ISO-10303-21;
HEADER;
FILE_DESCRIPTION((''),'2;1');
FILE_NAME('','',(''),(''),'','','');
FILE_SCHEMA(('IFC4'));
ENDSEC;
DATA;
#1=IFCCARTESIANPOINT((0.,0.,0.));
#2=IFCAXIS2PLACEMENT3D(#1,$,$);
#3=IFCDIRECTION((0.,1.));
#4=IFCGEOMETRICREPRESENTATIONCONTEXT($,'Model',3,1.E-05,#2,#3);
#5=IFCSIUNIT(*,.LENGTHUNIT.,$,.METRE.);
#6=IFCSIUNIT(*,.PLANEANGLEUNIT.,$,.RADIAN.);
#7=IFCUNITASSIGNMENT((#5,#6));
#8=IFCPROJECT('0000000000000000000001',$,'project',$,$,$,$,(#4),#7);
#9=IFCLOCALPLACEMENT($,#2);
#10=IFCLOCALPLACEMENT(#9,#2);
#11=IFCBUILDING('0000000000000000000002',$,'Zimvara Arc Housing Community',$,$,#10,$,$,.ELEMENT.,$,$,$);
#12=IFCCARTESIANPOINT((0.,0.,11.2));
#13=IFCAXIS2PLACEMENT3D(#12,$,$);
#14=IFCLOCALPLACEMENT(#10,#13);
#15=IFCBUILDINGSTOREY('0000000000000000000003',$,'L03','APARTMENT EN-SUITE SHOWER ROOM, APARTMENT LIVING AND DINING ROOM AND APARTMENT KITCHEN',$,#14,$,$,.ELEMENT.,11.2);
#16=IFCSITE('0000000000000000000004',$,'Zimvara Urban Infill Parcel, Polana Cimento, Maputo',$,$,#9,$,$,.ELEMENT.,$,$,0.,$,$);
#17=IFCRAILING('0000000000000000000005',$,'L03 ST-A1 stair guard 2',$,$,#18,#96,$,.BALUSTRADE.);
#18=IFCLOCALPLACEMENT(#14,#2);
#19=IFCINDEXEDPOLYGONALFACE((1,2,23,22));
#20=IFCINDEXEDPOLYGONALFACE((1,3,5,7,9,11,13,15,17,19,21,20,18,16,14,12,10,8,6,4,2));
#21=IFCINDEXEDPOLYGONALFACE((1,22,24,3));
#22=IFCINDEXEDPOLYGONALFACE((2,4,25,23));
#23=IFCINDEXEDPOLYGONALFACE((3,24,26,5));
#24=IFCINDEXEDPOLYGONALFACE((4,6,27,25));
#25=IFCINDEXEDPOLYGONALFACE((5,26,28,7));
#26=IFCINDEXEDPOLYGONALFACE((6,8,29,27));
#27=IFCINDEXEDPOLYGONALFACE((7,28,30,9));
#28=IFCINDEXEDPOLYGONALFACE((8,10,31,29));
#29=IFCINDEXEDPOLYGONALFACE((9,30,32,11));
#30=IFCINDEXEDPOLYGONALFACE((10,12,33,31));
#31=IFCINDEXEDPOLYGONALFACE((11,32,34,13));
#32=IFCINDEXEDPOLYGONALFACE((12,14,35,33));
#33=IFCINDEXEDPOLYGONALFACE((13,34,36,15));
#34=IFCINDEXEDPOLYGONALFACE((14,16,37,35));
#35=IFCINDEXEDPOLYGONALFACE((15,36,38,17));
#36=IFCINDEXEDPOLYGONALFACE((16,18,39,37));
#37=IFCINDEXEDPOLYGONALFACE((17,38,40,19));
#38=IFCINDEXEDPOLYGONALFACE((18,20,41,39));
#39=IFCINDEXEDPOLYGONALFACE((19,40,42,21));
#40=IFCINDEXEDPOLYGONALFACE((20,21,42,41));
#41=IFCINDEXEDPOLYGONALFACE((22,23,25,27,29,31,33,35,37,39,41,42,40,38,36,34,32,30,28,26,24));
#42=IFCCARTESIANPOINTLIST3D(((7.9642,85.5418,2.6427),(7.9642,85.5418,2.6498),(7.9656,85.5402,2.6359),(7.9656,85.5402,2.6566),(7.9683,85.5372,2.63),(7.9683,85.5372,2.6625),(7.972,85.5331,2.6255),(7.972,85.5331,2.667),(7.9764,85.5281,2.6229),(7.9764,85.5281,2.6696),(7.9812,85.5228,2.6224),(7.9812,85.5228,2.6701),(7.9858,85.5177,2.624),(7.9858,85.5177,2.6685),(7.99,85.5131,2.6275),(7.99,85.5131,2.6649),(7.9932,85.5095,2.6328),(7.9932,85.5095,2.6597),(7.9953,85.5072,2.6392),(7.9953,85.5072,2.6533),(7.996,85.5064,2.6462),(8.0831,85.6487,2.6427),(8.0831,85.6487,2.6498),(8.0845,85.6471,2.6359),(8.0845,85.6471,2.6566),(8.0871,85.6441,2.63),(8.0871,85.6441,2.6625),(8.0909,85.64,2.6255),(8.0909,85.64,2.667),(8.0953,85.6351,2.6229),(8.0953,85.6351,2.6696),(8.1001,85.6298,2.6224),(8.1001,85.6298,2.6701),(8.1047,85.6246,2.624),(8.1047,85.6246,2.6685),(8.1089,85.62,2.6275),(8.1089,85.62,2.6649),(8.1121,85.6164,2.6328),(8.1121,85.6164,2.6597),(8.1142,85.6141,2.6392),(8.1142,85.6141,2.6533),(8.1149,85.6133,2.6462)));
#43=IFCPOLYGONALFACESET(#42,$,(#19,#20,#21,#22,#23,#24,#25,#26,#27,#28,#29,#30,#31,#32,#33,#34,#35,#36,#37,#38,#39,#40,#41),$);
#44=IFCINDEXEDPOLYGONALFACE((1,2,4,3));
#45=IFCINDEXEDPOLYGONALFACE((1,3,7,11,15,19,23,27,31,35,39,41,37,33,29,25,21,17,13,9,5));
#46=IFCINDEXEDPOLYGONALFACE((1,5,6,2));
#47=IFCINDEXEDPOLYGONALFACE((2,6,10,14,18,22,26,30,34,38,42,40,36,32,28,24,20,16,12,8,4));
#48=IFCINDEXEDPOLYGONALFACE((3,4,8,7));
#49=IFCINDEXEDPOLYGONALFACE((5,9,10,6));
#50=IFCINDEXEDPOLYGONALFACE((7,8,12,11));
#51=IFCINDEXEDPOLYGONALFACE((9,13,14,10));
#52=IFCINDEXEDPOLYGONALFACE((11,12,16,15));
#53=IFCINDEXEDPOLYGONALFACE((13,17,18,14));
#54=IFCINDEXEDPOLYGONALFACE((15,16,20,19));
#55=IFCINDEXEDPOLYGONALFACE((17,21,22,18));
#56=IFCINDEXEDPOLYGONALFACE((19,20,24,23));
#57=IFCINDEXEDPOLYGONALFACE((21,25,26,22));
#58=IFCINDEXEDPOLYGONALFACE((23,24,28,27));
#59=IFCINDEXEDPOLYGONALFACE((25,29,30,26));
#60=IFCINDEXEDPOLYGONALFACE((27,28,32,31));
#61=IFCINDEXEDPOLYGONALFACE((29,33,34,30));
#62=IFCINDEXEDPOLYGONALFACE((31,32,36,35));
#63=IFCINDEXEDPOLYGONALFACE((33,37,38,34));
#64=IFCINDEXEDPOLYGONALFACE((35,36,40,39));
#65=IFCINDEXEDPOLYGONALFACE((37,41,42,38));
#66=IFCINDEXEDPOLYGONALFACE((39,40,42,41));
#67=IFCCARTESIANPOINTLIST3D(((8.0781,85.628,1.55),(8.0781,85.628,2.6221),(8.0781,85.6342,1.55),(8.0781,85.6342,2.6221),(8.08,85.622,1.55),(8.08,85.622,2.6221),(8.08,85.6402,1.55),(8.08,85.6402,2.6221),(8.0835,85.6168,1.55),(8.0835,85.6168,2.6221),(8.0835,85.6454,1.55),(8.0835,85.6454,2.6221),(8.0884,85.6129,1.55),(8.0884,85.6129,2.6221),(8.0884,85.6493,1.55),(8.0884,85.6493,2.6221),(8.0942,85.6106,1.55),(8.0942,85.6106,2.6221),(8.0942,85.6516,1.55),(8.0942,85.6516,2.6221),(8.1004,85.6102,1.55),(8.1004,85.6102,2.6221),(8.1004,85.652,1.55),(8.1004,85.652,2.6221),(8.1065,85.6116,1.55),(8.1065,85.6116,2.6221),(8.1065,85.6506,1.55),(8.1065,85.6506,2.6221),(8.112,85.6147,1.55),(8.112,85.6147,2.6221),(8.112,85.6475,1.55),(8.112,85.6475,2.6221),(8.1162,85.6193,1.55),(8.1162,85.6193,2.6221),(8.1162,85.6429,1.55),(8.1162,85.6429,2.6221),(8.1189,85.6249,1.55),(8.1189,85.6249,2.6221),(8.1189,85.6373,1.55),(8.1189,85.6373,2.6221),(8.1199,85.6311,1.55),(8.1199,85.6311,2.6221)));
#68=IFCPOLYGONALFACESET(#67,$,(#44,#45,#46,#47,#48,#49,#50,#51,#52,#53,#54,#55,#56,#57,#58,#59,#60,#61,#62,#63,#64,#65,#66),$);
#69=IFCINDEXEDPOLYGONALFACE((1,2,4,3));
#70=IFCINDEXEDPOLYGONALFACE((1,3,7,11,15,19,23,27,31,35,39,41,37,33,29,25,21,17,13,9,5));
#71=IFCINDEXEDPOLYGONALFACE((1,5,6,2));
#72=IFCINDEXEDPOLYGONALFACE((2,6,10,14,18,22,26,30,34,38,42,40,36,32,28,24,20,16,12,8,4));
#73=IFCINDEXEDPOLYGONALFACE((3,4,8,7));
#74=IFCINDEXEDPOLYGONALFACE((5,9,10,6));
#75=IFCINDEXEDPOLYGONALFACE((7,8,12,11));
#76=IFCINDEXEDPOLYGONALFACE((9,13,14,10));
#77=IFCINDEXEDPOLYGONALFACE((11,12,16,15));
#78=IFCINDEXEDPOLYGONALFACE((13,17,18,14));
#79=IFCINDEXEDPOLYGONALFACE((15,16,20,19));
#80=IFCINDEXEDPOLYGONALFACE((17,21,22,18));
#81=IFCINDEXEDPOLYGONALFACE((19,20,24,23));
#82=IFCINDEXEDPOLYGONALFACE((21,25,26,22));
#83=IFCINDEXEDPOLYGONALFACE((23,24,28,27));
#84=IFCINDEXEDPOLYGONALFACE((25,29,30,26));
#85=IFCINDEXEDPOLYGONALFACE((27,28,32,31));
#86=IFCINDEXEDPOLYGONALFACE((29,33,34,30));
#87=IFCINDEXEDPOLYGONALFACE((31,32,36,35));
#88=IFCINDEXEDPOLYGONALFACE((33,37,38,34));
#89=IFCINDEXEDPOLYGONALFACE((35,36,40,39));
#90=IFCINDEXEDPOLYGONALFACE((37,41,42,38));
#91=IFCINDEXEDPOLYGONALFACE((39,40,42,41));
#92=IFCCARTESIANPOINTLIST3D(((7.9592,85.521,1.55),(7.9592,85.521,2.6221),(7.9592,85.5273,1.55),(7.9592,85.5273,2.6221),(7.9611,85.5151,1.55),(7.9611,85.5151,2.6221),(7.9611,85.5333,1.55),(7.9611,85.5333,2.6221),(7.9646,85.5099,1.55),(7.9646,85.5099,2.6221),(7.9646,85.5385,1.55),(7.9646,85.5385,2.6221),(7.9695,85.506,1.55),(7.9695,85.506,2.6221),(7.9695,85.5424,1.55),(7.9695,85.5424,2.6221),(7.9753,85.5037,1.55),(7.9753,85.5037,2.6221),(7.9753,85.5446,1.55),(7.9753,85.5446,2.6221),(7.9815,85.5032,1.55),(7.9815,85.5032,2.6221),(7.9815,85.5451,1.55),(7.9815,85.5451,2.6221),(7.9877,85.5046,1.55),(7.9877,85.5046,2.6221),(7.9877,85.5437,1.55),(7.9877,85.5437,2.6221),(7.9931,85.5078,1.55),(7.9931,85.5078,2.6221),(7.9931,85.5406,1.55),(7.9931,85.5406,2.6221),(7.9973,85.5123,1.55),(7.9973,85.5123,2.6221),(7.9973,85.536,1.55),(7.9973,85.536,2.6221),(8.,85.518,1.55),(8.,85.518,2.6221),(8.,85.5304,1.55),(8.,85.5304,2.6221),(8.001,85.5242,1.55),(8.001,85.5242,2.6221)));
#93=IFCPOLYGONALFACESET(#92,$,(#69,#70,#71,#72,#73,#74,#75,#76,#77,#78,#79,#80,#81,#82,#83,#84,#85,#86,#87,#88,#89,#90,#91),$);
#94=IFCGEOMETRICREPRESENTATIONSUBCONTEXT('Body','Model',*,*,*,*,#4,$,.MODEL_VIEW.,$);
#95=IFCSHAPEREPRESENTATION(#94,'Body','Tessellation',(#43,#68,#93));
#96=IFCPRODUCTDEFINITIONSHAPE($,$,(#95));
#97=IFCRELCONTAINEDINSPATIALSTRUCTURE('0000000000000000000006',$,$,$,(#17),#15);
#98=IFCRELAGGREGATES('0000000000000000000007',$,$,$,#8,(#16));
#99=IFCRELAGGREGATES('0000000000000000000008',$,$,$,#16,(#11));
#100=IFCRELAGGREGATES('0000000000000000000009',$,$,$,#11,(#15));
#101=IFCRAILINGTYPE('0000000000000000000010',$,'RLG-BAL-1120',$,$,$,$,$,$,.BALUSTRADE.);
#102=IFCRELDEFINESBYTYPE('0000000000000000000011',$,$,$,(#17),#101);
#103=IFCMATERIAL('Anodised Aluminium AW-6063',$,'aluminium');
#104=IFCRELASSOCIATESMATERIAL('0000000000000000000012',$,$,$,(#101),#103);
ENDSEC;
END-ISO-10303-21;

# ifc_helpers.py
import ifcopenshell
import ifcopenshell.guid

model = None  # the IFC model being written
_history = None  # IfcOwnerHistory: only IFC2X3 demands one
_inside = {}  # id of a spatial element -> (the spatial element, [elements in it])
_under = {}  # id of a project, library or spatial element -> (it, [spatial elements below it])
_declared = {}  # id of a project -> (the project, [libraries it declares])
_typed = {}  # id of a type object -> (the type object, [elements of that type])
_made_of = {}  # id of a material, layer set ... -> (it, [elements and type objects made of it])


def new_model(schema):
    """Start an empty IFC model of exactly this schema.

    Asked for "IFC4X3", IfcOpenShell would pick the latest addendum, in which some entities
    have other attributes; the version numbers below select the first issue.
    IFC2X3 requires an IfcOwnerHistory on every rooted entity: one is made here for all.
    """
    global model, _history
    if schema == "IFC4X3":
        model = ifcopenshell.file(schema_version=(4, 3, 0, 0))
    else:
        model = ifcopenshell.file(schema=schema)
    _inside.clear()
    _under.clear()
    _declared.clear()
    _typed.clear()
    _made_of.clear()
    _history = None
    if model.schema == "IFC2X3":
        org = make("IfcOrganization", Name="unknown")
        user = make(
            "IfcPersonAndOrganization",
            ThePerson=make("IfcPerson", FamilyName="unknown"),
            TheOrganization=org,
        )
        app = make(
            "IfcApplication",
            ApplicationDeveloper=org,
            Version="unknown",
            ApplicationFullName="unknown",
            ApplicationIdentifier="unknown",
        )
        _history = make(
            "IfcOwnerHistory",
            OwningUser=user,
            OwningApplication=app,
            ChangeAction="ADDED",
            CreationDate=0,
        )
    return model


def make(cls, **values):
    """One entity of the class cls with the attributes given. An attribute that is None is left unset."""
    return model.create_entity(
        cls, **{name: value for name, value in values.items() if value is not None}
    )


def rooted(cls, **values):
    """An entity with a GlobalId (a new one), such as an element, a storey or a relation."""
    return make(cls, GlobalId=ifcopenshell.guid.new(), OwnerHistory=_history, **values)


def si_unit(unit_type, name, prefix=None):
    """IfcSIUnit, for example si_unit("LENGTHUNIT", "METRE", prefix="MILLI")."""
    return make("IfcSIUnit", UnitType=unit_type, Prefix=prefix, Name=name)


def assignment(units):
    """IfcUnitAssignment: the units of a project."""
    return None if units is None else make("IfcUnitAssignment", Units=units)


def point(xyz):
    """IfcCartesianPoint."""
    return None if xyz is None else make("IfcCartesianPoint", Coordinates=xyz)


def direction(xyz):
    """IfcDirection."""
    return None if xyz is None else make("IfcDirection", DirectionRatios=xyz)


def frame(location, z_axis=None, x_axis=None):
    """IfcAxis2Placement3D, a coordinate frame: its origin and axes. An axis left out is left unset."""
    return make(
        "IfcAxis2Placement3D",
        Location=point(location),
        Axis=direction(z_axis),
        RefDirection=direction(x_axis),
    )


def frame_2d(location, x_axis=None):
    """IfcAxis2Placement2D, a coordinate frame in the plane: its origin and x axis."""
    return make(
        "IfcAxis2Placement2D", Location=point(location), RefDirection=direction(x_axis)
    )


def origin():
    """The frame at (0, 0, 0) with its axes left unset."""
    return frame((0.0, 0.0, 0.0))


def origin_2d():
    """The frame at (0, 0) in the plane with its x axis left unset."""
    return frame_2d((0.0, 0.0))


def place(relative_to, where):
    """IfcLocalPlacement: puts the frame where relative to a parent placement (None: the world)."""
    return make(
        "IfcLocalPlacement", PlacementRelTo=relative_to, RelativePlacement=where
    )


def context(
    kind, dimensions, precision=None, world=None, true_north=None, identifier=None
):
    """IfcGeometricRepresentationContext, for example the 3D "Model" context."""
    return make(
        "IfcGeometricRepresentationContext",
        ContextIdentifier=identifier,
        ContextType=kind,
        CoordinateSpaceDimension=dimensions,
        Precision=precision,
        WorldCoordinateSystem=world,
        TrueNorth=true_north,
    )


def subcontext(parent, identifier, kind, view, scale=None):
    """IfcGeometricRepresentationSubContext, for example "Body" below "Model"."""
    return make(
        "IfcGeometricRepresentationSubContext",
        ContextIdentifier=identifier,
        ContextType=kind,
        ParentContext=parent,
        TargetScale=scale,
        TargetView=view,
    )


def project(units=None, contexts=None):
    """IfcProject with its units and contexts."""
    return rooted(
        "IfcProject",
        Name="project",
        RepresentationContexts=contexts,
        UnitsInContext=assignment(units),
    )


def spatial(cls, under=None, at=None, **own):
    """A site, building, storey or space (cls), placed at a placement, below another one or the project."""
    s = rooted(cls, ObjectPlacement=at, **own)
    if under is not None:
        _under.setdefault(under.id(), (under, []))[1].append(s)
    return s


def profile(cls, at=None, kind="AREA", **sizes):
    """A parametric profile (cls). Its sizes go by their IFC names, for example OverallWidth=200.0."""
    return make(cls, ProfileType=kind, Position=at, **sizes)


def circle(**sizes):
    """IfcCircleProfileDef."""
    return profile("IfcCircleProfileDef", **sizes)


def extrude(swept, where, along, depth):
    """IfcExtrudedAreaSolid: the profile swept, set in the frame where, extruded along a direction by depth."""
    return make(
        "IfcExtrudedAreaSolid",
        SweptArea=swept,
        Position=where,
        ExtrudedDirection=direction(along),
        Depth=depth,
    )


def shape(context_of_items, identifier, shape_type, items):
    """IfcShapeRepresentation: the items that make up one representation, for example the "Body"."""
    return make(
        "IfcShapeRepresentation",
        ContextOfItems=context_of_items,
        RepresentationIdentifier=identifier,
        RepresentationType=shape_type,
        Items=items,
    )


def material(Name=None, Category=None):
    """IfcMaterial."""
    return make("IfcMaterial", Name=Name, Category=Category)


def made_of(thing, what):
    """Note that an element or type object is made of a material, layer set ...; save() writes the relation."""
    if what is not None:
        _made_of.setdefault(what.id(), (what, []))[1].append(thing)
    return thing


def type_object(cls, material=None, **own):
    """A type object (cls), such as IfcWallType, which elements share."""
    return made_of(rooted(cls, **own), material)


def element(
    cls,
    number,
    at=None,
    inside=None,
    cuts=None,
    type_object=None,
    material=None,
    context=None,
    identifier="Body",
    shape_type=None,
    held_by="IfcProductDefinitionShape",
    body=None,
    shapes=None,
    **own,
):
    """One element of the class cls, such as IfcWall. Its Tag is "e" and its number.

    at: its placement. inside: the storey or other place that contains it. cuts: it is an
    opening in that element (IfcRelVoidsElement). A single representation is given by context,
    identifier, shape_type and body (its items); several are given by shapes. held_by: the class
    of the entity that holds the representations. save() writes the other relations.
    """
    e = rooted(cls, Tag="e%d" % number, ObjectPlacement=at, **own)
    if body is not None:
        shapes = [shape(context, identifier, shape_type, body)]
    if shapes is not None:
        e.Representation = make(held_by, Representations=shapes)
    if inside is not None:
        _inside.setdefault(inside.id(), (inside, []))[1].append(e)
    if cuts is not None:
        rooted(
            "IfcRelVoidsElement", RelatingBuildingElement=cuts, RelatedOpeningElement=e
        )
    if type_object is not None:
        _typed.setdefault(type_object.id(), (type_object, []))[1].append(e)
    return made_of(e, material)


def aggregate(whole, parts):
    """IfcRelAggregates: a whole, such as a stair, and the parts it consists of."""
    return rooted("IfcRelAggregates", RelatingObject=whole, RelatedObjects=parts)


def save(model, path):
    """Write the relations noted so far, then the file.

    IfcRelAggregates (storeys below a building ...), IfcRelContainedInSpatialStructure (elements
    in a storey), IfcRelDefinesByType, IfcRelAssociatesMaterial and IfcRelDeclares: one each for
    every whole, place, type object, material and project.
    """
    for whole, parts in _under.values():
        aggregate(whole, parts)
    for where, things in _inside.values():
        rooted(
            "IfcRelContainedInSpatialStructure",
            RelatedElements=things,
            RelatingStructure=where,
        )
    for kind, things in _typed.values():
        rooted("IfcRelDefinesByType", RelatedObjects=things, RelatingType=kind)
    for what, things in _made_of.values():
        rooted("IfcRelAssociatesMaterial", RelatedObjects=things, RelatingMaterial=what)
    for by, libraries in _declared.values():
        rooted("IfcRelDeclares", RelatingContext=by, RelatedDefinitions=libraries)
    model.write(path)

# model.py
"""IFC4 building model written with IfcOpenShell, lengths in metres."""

from ifc_helpers import new_model, si_unit, direction, frame, origin, origin_2d, place, context, subcontext, project, spatial, circle, extrude, material, type_object, element, save


model = new_model("IFC4")

# Units and contexts
model_context = context("Model", 3, precision=1e-05, world=origin(), true_north=direction((0.0, 1.0)))
body_context = subcontext(model_context, "Body", "Model", "MODEL_VIEW")
ifc_project = project(units=[si_unit("LENGTHUNIT", "METRE"), si_unit("PLANEANGLEUNIT", "RADIAN")], contexts=[model_context])

# Site, building, storey
site_placement = place(None, origin())
site = spatial("IfcSite", under=ifc_project, at=site_placement, Name="Zimvara Urban Infill Parcel, Polana Cimento, Maputo", CompositionType="ELEMENT", RefElevation=0.0)
building_placement = place(site_placement, origin())
building = spatial("IfcBuilding", under=site, at=building_placement, Name="Zimvara Arc Housing Community", CompositionType="ELEMENT")
storey_placement = place(building_placement, frame((0.0, 0.0, 11.2)))
storey = spatial("IfcBuildingStorey", under=building, at=storey_placement, Name="L03", Description="APARTMENT EN-SUITE SHOWER ROOM, APARTMENT LIVING AND DINING ROOM AND APARTMENT KITCHEN", CompositionType="ELEMENT", Elevation=11.2)

# Railing
ifc_material_1 = material(Name="Anodised Aluminium AW-6063", Category="aluminium")
railing_type_1 = type_object("IfcRailingType", Name="RLG-BAL-1120", PredefinedType="BALUSTRADE", material=ifc_material_1)
railing_1_placement = place(storey_placement, frame((8.0989, 85.6311, 1.55)))
element("IfcRailing", 1, at=railing_1_placement, inside=storey, type_object=railing_type_1, Name="L03 ST-A1 stair guard 2", PredefinedType="BALUSTRADE", context=body_context, shape_type="SweptSolid", body=[
    extrude(circle(Radius=0.0239, at=origin_2d()), frame((0.0, 0.0, 1.0962), z_axis=(-0.743522, -0.668712, 0.0), x_axis=(0.668712, -0.743522, 0.0)), (0.0, 0.0, 1.0), 0.1599),
    extrude(circle(Radius=0.021, at=origin_2d()), origin(), (0.0, 0.0, 1.0), 1.072),
    extrude(circle(Radius=0.021, at=origin_2d()), frame((-0.1189, -0.1069, 0.0)), (0.0, 0.0, 1.0), 1.072),
])

save(model, "model.ifc")
